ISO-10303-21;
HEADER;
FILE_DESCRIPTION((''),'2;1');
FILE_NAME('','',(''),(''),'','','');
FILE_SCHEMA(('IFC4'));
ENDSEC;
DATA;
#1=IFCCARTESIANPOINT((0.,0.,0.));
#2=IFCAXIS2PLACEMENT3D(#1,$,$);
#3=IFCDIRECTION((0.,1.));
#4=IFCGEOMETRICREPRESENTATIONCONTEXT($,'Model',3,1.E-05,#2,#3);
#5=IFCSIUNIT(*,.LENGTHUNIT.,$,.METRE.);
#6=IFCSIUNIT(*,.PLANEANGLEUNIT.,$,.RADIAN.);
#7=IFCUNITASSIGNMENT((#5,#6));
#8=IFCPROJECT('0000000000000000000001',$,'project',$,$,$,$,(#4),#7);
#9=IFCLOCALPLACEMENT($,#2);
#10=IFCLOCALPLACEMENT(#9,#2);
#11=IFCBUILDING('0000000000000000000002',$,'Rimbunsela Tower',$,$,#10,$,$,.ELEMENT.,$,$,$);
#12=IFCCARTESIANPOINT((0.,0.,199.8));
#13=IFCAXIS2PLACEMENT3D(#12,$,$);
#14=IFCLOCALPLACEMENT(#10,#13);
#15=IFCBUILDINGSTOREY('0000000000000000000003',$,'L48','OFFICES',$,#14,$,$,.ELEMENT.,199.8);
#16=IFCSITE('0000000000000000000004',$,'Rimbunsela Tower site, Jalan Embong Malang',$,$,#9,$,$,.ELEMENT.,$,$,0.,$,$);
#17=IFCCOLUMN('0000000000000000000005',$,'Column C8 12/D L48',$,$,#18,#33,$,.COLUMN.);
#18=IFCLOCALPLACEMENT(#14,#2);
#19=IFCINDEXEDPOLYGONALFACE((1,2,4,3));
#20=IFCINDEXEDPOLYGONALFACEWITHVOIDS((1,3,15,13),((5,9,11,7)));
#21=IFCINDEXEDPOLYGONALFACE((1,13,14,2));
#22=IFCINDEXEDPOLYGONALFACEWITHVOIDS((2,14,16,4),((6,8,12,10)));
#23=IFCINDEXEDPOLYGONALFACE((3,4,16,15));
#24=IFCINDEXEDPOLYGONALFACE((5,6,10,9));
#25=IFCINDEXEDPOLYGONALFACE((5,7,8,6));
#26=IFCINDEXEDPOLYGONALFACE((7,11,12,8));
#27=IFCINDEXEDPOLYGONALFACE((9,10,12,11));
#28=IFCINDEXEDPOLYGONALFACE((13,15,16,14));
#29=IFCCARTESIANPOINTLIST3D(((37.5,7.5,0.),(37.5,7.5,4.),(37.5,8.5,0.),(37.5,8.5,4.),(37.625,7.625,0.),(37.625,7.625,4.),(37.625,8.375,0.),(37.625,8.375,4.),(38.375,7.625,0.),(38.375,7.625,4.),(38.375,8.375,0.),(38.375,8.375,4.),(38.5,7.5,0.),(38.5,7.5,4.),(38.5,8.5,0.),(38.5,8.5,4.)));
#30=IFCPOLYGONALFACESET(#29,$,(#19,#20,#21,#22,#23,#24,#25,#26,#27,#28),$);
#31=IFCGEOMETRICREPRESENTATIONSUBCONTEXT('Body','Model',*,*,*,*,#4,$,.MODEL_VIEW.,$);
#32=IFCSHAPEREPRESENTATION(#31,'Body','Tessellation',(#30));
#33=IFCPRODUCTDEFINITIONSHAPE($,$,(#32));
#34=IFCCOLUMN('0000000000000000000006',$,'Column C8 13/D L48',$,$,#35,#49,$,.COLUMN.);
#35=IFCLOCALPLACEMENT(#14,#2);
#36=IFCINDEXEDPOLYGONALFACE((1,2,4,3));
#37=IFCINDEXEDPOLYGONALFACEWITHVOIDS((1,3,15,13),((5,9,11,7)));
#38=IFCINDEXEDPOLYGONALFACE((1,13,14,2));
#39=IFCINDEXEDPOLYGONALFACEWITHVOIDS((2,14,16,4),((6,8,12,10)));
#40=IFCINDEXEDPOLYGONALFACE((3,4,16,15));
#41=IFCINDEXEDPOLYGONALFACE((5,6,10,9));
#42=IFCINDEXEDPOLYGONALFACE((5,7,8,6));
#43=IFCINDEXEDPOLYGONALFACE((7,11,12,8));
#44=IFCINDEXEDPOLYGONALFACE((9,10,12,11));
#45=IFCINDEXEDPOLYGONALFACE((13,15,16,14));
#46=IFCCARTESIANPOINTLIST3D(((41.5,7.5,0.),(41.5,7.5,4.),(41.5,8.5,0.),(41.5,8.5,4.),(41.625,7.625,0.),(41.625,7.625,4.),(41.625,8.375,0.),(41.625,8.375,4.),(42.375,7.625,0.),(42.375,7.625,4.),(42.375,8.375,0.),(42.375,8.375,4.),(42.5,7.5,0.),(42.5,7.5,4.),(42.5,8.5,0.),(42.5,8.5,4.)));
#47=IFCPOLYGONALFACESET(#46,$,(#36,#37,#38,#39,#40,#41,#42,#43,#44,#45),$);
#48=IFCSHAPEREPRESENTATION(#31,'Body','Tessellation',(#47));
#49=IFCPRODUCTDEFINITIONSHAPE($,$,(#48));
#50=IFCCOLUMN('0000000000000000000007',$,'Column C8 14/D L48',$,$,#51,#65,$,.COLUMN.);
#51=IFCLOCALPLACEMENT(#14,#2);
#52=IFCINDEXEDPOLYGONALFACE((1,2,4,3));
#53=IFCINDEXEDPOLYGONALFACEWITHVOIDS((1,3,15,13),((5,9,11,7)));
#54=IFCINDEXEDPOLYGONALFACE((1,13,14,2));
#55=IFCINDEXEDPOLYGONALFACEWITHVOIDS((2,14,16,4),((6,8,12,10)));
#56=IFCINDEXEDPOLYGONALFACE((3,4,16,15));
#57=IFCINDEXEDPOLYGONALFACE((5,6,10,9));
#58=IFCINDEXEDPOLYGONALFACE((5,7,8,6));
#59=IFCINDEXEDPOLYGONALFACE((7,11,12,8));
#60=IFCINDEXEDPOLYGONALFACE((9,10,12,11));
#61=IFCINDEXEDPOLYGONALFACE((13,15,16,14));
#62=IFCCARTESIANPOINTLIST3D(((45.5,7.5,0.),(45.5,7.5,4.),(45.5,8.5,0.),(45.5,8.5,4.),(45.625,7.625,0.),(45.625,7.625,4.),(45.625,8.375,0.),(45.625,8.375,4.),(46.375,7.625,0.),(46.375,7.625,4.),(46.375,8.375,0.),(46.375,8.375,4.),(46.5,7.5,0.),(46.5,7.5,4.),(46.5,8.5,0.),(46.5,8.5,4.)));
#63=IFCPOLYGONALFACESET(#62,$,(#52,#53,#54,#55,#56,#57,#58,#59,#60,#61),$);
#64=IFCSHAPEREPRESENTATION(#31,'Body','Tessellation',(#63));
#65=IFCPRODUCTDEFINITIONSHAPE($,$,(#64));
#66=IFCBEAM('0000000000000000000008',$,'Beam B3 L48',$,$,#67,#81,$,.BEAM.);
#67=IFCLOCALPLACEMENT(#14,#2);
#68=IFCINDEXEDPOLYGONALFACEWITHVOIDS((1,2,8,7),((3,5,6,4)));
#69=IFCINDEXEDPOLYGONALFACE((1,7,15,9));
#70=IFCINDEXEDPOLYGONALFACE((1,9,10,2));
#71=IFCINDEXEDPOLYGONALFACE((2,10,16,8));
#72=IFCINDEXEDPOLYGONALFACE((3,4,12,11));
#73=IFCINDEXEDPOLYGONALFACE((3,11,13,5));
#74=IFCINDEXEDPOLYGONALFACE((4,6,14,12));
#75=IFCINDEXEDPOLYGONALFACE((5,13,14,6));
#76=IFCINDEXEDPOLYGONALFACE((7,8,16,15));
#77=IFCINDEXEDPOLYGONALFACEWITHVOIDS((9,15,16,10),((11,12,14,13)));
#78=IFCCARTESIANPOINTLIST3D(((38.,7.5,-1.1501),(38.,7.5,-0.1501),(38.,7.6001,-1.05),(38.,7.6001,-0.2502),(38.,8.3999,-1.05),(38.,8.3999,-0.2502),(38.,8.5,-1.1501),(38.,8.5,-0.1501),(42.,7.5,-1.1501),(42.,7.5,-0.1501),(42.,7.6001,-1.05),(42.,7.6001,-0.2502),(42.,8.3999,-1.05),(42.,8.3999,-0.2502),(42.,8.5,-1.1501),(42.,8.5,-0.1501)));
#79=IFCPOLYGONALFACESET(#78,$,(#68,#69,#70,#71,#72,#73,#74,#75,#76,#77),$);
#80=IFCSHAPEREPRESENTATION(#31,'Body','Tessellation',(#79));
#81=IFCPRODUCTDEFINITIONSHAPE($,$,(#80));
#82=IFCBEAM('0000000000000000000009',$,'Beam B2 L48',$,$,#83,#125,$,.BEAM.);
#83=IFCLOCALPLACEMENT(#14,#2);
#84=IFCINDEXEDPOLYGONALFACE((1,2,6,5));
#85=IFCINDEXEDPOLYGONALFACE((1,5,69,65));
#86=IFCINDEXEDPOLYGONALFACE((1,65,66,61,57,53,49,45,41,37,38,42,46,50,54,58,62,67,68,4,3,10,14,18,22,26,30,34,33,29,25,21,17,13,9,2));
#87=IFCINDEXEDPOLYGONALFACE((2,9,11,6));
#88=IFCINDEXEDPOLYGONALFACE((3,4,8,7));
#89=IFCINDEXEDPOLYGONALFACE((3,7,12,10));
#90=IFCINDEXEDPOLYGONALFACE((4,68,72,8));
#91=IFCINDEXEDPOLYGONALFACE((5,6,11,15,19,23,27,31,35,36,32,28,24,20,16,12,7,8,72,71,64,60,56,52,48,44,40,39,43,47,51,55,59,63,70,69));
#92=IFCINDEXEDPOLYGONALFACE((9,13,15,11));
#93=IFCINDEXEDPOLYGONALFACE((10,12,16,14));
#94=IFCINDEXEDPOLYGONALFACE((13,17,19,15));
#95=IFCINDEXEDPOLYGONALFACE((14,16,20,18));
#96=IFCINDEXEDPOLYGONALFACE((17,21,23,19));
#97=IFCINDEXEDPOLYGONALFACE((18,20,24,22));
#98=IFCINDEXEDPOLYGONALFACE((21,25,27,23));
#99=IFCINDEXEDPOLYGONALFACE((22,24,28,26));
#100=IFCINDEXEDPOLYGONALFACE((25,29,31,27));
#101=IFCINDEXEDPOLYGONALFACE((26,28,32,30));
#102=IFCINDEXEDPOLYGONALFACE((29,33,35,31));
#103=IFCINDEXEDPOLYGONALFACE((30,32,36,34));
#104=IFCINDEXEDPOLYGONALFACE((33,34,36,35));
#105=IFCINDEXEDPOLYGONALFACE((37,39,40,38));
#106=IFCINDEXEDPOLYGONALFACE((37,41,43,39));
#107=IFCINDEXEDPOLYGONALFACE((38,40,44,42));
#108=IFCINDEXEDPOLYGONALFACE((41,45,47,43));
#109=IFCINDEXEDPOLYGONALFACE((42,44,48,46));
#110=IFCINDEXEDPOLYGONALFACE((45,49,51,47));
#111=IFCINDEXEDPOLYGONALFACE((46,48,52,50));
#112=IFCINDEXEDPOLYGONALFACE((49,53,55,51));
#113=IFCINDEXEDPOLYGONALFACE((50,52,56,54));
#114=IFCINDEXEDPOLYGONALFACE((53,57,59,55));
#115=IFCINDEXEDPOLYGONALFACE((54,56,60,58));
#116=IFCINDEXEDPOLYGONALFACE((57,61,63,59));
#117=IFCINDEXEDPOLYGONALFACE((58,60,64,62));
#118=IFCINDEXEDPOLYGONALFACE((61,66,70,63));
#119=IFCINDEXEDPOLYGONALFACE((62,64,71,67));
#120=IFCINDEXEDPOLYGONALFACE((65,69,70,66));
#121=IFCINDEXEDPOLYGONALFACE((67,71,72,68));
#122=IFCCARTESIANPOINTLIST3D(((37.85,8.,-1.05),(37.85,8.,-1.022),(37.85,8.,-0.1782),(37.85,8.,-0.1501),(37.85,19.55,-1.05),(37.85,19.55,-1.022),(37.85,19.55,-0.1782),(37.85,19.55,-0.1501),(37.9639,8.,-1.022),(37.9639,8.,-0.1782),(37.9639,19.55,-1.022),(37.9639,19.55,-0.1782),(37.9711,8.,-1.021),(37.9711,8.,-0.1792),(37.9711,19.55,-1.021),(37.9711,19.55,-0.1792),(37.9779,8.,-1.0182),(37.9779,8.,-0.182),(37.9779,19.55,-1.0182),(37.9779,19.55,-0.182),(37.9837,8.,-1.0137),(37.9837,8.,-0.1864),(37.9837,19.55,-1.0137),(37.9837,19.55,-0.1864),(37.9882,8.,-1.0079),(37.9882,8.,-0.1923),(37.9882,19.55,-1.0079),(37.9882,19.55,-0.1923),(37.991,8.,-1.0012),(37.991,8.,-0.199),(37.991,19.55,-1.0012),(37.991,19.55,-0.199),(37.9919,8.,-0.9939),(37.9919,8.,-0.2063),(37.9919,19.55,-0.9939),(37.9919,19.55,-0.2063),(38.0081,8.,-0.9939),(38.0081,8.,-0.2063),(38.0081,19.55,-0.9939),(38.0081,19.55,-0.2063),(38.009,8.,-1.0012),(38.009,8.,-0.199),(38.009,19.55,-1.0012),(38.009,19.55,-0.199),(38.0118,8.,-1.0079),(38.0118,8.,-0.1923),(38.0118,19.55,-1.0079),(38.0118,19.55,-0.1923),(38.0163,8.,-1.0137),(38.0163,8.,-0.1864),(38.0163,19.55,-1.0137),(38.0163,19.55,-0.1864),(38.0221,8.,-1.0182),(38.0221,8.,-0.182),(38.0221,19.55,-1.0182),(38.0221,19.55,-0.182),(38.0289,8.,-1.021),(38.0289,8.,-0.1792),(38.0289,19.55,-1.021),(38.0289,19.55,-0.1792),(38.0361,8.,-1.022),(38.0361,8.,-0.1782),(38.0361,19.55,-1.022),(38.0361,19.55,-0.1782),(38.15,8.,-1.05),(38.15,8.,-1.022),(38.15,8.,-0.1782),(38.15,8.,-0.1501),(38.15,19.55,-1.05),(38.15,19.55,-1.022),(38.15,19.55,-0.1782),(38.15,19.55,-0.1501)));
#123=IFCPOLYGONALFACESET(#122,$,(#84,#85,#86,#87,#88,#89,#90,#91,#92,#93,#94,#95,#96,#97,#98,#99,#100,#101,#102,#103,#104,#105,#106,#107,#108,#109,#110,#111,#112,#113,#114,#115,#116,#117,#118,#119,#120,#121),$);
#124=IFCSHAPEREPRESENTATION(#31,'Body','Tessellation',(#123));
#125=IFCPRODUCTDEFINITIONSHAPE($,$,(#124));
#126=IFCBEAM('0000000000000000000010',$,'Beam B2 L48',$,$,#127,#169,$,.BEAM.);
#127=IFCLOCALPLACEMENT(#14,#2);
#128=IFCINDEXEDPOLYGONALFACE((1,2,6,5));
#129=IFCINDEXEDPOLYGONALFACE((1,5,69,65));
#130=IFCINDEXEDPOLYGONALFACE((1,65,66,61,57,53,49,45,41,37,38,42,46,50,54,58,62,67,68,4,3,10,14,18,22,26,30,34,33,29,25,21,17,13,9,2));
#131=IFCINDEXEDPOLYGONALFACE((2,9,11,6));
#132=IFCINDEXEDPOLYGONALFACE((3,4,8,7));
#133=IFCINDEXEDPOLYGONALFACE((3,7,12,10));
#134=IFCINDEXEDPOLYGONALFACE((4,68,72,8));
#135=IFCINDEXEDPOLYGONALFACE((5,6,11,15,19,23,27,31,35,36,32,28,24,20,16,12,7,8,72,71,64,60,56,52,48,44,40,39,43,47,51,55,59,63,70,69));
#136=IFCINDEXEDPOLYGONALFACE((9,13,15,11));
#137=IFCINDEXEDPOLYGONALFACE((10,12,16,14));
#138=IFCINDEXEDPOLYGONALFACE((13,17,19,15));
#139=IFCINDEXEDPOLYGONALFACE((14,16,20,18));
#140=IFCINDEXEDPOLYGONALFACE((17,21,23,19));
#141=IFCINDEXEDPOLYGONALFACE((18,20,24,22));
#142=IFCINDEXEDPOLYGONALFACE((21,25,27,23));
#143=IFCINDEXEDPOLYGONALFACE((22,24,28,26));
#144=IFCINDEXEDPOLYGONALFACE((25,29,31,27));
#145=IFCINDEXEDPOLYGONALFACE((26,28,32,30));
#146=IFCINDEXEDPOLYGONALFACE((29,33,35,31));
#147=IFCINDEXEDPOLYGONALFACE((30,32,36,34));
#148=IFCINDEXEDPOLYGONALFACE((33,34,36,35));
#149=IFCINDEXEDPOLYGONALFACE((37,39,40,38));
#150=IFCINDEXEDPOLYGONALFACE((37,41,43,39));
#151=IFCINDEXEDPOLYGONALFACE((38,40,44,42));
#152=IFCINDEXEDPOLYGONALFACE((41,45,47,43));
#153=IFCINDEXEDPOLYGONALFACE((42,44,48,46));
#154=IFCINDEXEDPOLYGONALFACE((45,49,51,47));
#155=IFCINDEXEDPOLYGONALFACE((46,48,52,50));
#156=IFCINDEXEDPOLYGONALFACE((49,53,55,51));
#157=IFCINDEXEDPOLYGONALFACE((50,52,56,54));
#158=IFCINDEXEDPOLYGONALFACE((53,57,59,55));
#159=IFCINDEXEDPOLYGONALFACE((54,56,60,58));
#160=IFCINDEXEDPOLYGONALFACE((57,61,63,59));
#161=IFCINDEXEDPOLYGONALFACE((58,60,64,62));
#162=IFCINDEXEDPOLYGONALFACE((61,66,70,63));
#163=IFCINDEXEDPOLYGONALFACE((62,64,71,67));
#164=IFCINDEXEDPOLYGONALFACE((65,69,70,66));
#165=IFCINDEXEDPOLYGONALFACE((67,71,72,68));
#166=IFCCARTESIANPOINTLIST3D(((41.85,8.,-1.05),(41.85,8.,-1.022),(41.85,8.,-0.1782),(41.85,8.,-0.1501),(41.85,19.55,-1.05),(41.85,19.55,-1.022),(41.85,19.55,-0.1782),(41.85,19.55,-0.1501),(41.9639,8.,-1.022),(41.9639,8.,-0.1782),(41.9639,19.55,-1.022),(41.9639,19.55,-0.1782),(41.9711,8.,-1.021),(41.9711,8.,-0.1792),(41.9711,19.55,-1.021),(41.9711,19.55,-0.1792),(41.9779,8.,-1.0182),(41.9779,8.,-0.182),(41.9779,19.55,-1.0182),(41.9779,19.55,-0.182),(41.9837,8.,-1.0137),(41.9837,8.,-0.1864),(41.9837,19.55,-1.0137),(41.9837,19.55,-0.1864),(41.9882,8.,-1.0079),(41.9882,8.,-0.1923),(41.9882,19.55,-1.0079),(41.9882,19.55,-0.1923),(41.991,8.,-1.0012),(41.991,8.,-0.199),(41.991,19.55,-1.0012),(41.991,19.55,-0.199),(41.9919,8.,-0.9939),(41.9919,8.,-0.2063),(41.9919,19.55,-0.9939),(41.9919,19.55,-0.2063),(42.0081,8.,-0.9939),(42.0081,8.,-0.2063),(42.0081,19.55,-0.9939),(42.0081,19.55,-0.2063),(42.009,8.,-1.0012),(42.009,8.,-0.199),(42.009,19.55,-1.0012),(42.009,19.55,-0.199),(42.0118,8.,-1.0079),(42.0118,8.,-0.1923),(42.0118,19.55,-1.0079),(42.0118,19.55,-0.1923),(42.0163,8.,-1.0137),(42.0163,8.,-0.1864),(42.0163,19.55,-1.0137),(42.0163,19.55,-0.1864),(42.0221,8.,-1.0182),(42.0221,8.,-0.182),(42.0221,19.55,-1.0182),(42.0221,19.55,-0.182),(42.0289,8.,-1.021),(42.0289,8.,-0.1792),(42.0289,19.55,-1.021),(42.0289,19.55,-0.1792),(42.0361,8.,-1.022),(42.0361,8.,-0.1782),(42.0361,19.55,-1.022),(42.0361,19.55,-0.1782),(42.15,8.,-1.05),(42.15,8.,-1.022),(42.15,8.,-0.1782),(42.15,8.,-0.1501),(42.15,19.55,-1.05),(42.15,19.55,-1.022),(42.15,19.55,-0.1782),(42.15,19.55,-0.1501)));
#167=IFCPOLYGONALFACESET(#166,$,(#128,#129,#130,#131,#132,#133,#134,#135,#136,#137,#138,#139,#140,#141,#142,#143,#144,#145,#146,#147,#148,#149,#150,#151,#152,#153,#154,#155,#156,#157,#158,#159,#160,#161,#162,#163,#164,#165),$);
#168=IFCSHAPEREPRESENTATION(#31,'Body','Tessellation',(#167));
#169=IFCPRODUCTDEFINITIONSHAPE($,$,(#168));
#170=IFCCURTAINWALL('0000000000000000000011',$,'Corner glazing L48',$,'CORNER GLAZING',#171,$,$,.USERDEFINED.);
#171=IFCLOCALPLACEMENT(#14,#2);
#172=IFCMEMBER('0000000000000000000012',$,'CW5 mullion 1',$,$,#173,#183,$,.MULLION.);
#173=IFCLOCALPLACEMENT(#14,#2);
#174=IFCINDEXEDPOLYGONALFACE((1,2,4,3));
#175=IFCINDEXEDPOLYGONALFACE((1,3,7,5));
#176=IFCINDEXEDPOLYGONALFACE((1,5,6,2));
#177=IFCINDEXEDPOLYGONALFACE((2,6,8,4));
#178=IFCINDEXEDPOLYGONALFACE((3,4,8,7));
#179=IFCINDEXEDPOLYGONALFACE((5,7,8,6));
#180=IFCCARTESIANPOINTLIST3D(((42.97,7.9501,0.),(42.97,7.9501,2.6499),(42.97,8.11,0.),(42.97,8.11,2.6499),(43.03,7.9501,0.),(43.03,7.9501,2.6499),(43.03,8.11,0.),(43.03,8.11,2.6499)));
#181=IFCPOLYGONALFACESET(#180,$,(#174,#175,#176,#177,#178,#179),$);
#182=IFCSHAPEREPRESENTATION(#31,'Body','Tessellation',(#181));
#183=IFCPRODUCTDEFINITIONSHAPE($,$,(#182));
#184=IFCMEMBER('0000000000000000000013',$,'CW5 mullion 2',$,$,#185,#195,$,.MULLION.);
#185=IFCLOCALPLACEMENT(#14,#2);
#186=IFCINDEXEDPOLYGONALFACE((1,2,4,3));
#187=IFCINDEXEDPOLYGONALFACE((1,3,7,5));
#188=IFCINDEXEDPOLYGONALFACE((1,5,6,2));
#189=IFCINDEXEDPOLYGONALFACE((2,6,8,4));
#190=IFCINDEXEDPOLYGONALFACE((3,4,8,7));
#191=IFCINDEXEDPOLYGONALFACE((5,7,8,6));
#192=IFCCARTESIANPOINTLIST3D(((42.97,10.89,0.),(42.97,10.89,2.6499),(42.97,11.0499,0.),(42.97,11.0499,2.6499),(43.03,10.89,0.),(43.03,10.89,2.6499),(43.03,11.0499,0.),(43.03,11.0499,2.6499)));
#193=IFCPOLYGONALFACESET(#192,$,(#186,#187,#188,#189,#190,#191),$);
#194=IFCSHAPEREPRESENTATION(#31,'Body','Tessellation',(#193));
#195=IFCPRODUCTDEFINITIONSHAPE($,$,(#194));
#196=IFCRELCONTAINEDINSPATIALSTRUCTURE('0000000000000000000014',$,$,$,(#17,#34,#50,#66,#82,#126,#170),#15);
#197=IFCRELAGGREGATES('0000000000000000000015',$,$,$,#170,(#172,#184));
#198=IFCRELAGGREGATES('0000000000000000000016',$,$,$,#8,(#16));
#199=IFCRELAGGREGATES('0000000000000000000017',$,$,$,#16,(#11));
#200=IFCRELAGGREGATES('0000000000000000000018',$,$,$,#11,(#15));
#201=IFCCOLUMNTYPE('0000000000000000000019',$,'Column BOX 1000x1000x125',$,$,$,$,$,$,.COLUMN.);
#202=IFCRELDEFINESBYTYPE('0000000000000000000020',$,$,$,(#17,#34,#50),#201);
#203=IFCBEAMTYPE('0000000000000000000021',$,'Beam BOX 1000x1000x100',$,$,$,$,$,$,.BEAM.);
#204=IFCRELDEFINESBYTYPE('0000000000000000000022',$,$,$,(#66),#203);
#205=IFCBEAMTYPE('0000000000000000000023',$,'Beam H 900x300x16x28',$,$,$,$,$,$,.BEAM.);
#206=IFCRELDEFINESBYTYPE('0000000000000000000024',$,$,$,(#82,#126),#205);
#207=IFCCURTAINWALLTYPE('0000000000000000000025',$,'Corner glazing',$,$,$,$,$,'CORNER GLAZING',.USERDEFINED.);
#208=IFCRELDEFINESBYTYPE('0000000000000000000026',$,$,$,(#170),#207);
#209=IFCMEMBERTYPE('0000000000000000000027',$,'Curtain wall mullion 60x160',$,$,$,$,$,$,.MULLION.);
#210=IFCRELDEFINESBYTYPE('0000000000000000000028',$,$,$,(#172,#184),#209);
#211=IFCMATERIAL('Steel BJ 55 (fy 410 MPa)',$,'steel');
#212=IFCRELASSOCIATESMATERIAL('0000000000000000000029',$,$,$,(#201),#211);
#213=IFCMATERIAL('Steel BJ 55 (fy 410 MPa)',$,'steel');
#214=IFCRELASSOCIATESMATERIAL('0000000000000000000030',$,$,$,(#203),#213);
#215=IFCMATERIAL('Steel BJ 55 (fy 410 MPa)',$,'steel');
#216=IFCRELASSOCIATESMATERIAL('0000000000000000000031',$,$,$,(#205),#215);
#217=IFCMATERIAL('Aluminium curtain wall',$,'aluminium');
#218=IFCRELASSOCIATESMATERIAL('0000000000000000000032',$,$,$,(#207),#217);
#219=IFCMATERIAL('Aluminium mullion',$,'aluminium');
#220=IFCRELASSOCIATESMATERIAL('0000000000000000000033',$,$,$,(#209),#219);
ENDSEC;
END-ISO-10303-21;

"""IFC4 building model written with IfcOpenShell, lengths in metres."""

from ifc_helpers import new_model, si_unit, direction, frame, origin, origin_2d, place, context, subcontext, project, spatial, rectangle, hollow_rectangle, i_section, extrude, material, material_profile, profile_set, type_object, element, aggregate, save


model = new_model("IFC4")

# Units and contexts
model_context = context("Model", 3, precision=1e-05, world=origin(), true_north=direction((0.0, 1.0)))
body_context = subcontext(model_context, "Body", "Model", "MODEL_VIEW")
ifc_project = project(units=[si_unit("LENGTHUNIT", "METRE"), si_unit("PLANEANGLEUNIT", "RADIAN")], contexts=[model_context])

# Site, building, storey
site_placement = place(None, origin())
site = spatial("IfcSite", under=ifc_project, at=site_placement, Name="Rimbunsela Tower site, Jalan Embong Malang", CompositionType="ELEMENT", RefElevation=0.0)
building_placement = place(site_placement, origin())
building = spatial("IfcBuilding", under=site, at=building_placement, Name="Rimbunsela Tower", CompositionType="ELEMENT")
storey_placement = place(building_placement, frame((0.0, 0.0, 199.8)))
storey = spatial("IfcBuildingStorey", under=building, at=storey_placement, Name="L48", Description="OFFICES", CompositionType="ELEMENT", Elevation=199.8)

# Columns
ifc_material_1 = material(Name="Steel BJ 55 (fy 410 MPa)", Category="steel")
ifc_material_profile_1 = material_profile(ifc_material_1, hollow_rectangle(XDim=1.0, YDim=1.0, WallThickness=0.125, at=origin_2d()), Name="BOX 1000x1000x125")
ifc_profile_set_1 = profile_set([ifc_material_profile_1], Name="Steel BJ 55 (fy 410 MPa)")
column_type = type_object("IfcColumnType", Name="Column BOX 1000x1000x125", PredefinedType="COLUMN", material=ifc_profile_set_1)
for number, where, z_axis, x_axis, name in (
    (1, (38.0, 8.0, 0.0), (0.0, 0.0, 1.0), (1.0, 0.0, 0.0), "Column C8 12/D L48"),
    (2, (42.0, 8.0, 0.0), (0.0, 0.0, 1.0), (1.0, 0.0, 0.0), "Column C8 13/D L48"),
    (3, (46.0, 8.0, 0.0), (0.0, 0.0, 1.0), (1.0, 0.0, 0.0), "Column C8 14/D L48"),
):
    element("IfcColumn", number, at=place(storey_placement, frame(where, z_axis=z_axis, x_axis=x_axis)), inside=storey, type_object=column_type, Name=name, PredefinedType="COLUMN", context=body_context, shape_type="SweptSolid", body=[
        extrude(hollow_rectangle(XDim=1.0, YDim=1.0, WallThickness=0.125, at=origin_2d()), origin(), (0.0, 0.0, 1.0), 4.0),
    ])

# Beams
ifc_material_2 = material(Name="Steel BJ 55 (fy 410 MPa)", Category="steel")
ifc_material_profile_2 = material_profile(ifc_material_2, hollow_rectangle(XDim=1.0, YDim=1.0, WallThickness=0.1001, at=origin_2d()), Name="BOX 1000x1000x100")
ifc_profile_set_2 = profile_set([ifc_material_profile_2], Name="Steel BJ 55 (fy 410 MPa)")
beam_type_1 = type_object("IfcBeamType", Name="Beam BOX 1000x1000x100", PredefinedType="BEAM", material=ifc_profile_set_2)
beam_placement = place(storey_placement, frame((38.0, 8.0, -0.6501), z_axis=(1.0, 0.0, 0.0), x_axis=(0.0, 1.0, 0.0)))
element("IfcBeam", 4, at=beam_placement, inside=storey, type_object=beam_type_1, Name="Beam B3 L48", PredefinedType="BEAM", context=body_context, shape_type="SweptSolid", body=[
    extrude(hollow_rectangle(XDim=1.0, YDim=1.0, WallThickness=0.1001, at=origin_2d()), origin(), (0.0, 0.0, 1.0), 4.0),
])
ifc_material_3 = material(Name="Steel BJ 55 (fy 410 MPa)", Category="steel")
ifc_material_profile_3 = material_profile(ifc_material_3, i_section(OverallWidth=0.3, OverallDepth=0.8999, WebThickness=0.0161, FlangeThickness=0.0281, FilletRadius=0.0281, at=origin_2d()), Name="H 900x300x16x28")
ifc_profile_set_3 = profile_set([ifc_material_profile_3], Name="Steel BJ 55 (fy 410 MPa)")
beam_type_2 = type_object("IfcBeamType", Name="Beam H 900x300x16x28", PredefinedType="BEAM", material=ifc_profile_set_3)
for number, where, z_axis, x_axis, name in (
    (5, (38.0, 8.0, -0.6001), (0.0, 1.0, 0.0), (-1.0, 0.0, 0.0), "Beam B2 L48"),
    (6, (42.0, 8.0, -0.6001), (0.0, 1.0, 0.0), (-1.0, 0.0, 0.0), "Beam B2 L48"),
):
    element("IfcBeam", number, at=place(storey_placement, frame(where, z_axis=z_axis, x_axis=x_axis)), inside=storey, type_object=beam_type_2, Name=name, PredefinedType="BEAM", context=body_context, shape_type="SweptSolid", body=[
        extrude(i_section(OverallWidth=0.3, OverallDepth=0.8999, WebThickness=0.0161, FlangeThickness=0.0281, FilletRadius=0.0281, at=origin_2d()), origin(), (0.0, 0.0, 1.0), 11.55),
    ])

# Curtain wall, members
ifc_material_4 = material(Name="Aluminium curtain wall", Category="aluminium")
curtain_wall_type_1 = type_object("IfcCurtainWallType", Name="Corner glazing", ElementType="CORNER GLAZING", PredefinedType="USERDEFINED", material=ifc_material_4)
curtain_wall_1_placement = place(storey_placement, origin())
curtain_wall_1 = element("IfcCurtainWall", 7, at=curtain_wall_1_placement, inside=storey, type_object=curtain_wall_type_1, Name="Corner glazing L48", ObjectType="CORNER GLAZING", PredefinedType="USERDEFINED")
ifc_material_5 = material(Name="Aluminium mullion", Category="aluminium")
ifc_material_profile_4 = material_profile(ifc_material_5, rectangle(XDim=0.0601, YDim=0.1599, at=origin_2d()), Name="Mullion 60x160")
ifc_profile_set_4 = profile_set([ifc_material_profile_4], Name="Aluminium mullion")
member_type_1 = type_object("IfcMemberType", Name="Curtain wall mullion 60x160", PredefinedType="MULLION", material=ifc_profile_set_4)
member_1_placement = place(storey_placement, frame((43.0, 8.03, 0.0), z_axis=(0.0, 0.0, 1.0), x_axis=(-1.0, 0.0, 0.0)))
member_1 = element("IfcMember", 8, at=member_1_placement, type_object=member_type_1, Name="CW5 mullion 1", PredefinedType="MULLION", context=body_context, shape_type="SweptSolid", body=[
    extrude(rectangle(XDim=0.0601, YDim=0.1599, at=origin_2d()), origin(), (0.0, 0.0, 1.0), 2.6499),
])
member_2_placement = place(storey_placement, frame((43.0, 10.97, 0.0), z_axis=(0.0, 0.0, 1.0), x_axis=(-1.0, 0.0, 0.0)))
member_2 = element("IfcMember", 9, at=member_2_placement, type_object=member_type_1, Name="CW5 mullion 2", PredefinedType="MULLION", context=body_context, shape_type="SweptSolid", body=[
    extrude(rectangle(XDim=0.0601, YDim=0.1599, at=origin_2d()), origin(), (0.0, 0.0, 1.0), 2.6499),
])

aggregate(curtain_wall_1, [member_1, member_2])

save(model, "model.ifc")
